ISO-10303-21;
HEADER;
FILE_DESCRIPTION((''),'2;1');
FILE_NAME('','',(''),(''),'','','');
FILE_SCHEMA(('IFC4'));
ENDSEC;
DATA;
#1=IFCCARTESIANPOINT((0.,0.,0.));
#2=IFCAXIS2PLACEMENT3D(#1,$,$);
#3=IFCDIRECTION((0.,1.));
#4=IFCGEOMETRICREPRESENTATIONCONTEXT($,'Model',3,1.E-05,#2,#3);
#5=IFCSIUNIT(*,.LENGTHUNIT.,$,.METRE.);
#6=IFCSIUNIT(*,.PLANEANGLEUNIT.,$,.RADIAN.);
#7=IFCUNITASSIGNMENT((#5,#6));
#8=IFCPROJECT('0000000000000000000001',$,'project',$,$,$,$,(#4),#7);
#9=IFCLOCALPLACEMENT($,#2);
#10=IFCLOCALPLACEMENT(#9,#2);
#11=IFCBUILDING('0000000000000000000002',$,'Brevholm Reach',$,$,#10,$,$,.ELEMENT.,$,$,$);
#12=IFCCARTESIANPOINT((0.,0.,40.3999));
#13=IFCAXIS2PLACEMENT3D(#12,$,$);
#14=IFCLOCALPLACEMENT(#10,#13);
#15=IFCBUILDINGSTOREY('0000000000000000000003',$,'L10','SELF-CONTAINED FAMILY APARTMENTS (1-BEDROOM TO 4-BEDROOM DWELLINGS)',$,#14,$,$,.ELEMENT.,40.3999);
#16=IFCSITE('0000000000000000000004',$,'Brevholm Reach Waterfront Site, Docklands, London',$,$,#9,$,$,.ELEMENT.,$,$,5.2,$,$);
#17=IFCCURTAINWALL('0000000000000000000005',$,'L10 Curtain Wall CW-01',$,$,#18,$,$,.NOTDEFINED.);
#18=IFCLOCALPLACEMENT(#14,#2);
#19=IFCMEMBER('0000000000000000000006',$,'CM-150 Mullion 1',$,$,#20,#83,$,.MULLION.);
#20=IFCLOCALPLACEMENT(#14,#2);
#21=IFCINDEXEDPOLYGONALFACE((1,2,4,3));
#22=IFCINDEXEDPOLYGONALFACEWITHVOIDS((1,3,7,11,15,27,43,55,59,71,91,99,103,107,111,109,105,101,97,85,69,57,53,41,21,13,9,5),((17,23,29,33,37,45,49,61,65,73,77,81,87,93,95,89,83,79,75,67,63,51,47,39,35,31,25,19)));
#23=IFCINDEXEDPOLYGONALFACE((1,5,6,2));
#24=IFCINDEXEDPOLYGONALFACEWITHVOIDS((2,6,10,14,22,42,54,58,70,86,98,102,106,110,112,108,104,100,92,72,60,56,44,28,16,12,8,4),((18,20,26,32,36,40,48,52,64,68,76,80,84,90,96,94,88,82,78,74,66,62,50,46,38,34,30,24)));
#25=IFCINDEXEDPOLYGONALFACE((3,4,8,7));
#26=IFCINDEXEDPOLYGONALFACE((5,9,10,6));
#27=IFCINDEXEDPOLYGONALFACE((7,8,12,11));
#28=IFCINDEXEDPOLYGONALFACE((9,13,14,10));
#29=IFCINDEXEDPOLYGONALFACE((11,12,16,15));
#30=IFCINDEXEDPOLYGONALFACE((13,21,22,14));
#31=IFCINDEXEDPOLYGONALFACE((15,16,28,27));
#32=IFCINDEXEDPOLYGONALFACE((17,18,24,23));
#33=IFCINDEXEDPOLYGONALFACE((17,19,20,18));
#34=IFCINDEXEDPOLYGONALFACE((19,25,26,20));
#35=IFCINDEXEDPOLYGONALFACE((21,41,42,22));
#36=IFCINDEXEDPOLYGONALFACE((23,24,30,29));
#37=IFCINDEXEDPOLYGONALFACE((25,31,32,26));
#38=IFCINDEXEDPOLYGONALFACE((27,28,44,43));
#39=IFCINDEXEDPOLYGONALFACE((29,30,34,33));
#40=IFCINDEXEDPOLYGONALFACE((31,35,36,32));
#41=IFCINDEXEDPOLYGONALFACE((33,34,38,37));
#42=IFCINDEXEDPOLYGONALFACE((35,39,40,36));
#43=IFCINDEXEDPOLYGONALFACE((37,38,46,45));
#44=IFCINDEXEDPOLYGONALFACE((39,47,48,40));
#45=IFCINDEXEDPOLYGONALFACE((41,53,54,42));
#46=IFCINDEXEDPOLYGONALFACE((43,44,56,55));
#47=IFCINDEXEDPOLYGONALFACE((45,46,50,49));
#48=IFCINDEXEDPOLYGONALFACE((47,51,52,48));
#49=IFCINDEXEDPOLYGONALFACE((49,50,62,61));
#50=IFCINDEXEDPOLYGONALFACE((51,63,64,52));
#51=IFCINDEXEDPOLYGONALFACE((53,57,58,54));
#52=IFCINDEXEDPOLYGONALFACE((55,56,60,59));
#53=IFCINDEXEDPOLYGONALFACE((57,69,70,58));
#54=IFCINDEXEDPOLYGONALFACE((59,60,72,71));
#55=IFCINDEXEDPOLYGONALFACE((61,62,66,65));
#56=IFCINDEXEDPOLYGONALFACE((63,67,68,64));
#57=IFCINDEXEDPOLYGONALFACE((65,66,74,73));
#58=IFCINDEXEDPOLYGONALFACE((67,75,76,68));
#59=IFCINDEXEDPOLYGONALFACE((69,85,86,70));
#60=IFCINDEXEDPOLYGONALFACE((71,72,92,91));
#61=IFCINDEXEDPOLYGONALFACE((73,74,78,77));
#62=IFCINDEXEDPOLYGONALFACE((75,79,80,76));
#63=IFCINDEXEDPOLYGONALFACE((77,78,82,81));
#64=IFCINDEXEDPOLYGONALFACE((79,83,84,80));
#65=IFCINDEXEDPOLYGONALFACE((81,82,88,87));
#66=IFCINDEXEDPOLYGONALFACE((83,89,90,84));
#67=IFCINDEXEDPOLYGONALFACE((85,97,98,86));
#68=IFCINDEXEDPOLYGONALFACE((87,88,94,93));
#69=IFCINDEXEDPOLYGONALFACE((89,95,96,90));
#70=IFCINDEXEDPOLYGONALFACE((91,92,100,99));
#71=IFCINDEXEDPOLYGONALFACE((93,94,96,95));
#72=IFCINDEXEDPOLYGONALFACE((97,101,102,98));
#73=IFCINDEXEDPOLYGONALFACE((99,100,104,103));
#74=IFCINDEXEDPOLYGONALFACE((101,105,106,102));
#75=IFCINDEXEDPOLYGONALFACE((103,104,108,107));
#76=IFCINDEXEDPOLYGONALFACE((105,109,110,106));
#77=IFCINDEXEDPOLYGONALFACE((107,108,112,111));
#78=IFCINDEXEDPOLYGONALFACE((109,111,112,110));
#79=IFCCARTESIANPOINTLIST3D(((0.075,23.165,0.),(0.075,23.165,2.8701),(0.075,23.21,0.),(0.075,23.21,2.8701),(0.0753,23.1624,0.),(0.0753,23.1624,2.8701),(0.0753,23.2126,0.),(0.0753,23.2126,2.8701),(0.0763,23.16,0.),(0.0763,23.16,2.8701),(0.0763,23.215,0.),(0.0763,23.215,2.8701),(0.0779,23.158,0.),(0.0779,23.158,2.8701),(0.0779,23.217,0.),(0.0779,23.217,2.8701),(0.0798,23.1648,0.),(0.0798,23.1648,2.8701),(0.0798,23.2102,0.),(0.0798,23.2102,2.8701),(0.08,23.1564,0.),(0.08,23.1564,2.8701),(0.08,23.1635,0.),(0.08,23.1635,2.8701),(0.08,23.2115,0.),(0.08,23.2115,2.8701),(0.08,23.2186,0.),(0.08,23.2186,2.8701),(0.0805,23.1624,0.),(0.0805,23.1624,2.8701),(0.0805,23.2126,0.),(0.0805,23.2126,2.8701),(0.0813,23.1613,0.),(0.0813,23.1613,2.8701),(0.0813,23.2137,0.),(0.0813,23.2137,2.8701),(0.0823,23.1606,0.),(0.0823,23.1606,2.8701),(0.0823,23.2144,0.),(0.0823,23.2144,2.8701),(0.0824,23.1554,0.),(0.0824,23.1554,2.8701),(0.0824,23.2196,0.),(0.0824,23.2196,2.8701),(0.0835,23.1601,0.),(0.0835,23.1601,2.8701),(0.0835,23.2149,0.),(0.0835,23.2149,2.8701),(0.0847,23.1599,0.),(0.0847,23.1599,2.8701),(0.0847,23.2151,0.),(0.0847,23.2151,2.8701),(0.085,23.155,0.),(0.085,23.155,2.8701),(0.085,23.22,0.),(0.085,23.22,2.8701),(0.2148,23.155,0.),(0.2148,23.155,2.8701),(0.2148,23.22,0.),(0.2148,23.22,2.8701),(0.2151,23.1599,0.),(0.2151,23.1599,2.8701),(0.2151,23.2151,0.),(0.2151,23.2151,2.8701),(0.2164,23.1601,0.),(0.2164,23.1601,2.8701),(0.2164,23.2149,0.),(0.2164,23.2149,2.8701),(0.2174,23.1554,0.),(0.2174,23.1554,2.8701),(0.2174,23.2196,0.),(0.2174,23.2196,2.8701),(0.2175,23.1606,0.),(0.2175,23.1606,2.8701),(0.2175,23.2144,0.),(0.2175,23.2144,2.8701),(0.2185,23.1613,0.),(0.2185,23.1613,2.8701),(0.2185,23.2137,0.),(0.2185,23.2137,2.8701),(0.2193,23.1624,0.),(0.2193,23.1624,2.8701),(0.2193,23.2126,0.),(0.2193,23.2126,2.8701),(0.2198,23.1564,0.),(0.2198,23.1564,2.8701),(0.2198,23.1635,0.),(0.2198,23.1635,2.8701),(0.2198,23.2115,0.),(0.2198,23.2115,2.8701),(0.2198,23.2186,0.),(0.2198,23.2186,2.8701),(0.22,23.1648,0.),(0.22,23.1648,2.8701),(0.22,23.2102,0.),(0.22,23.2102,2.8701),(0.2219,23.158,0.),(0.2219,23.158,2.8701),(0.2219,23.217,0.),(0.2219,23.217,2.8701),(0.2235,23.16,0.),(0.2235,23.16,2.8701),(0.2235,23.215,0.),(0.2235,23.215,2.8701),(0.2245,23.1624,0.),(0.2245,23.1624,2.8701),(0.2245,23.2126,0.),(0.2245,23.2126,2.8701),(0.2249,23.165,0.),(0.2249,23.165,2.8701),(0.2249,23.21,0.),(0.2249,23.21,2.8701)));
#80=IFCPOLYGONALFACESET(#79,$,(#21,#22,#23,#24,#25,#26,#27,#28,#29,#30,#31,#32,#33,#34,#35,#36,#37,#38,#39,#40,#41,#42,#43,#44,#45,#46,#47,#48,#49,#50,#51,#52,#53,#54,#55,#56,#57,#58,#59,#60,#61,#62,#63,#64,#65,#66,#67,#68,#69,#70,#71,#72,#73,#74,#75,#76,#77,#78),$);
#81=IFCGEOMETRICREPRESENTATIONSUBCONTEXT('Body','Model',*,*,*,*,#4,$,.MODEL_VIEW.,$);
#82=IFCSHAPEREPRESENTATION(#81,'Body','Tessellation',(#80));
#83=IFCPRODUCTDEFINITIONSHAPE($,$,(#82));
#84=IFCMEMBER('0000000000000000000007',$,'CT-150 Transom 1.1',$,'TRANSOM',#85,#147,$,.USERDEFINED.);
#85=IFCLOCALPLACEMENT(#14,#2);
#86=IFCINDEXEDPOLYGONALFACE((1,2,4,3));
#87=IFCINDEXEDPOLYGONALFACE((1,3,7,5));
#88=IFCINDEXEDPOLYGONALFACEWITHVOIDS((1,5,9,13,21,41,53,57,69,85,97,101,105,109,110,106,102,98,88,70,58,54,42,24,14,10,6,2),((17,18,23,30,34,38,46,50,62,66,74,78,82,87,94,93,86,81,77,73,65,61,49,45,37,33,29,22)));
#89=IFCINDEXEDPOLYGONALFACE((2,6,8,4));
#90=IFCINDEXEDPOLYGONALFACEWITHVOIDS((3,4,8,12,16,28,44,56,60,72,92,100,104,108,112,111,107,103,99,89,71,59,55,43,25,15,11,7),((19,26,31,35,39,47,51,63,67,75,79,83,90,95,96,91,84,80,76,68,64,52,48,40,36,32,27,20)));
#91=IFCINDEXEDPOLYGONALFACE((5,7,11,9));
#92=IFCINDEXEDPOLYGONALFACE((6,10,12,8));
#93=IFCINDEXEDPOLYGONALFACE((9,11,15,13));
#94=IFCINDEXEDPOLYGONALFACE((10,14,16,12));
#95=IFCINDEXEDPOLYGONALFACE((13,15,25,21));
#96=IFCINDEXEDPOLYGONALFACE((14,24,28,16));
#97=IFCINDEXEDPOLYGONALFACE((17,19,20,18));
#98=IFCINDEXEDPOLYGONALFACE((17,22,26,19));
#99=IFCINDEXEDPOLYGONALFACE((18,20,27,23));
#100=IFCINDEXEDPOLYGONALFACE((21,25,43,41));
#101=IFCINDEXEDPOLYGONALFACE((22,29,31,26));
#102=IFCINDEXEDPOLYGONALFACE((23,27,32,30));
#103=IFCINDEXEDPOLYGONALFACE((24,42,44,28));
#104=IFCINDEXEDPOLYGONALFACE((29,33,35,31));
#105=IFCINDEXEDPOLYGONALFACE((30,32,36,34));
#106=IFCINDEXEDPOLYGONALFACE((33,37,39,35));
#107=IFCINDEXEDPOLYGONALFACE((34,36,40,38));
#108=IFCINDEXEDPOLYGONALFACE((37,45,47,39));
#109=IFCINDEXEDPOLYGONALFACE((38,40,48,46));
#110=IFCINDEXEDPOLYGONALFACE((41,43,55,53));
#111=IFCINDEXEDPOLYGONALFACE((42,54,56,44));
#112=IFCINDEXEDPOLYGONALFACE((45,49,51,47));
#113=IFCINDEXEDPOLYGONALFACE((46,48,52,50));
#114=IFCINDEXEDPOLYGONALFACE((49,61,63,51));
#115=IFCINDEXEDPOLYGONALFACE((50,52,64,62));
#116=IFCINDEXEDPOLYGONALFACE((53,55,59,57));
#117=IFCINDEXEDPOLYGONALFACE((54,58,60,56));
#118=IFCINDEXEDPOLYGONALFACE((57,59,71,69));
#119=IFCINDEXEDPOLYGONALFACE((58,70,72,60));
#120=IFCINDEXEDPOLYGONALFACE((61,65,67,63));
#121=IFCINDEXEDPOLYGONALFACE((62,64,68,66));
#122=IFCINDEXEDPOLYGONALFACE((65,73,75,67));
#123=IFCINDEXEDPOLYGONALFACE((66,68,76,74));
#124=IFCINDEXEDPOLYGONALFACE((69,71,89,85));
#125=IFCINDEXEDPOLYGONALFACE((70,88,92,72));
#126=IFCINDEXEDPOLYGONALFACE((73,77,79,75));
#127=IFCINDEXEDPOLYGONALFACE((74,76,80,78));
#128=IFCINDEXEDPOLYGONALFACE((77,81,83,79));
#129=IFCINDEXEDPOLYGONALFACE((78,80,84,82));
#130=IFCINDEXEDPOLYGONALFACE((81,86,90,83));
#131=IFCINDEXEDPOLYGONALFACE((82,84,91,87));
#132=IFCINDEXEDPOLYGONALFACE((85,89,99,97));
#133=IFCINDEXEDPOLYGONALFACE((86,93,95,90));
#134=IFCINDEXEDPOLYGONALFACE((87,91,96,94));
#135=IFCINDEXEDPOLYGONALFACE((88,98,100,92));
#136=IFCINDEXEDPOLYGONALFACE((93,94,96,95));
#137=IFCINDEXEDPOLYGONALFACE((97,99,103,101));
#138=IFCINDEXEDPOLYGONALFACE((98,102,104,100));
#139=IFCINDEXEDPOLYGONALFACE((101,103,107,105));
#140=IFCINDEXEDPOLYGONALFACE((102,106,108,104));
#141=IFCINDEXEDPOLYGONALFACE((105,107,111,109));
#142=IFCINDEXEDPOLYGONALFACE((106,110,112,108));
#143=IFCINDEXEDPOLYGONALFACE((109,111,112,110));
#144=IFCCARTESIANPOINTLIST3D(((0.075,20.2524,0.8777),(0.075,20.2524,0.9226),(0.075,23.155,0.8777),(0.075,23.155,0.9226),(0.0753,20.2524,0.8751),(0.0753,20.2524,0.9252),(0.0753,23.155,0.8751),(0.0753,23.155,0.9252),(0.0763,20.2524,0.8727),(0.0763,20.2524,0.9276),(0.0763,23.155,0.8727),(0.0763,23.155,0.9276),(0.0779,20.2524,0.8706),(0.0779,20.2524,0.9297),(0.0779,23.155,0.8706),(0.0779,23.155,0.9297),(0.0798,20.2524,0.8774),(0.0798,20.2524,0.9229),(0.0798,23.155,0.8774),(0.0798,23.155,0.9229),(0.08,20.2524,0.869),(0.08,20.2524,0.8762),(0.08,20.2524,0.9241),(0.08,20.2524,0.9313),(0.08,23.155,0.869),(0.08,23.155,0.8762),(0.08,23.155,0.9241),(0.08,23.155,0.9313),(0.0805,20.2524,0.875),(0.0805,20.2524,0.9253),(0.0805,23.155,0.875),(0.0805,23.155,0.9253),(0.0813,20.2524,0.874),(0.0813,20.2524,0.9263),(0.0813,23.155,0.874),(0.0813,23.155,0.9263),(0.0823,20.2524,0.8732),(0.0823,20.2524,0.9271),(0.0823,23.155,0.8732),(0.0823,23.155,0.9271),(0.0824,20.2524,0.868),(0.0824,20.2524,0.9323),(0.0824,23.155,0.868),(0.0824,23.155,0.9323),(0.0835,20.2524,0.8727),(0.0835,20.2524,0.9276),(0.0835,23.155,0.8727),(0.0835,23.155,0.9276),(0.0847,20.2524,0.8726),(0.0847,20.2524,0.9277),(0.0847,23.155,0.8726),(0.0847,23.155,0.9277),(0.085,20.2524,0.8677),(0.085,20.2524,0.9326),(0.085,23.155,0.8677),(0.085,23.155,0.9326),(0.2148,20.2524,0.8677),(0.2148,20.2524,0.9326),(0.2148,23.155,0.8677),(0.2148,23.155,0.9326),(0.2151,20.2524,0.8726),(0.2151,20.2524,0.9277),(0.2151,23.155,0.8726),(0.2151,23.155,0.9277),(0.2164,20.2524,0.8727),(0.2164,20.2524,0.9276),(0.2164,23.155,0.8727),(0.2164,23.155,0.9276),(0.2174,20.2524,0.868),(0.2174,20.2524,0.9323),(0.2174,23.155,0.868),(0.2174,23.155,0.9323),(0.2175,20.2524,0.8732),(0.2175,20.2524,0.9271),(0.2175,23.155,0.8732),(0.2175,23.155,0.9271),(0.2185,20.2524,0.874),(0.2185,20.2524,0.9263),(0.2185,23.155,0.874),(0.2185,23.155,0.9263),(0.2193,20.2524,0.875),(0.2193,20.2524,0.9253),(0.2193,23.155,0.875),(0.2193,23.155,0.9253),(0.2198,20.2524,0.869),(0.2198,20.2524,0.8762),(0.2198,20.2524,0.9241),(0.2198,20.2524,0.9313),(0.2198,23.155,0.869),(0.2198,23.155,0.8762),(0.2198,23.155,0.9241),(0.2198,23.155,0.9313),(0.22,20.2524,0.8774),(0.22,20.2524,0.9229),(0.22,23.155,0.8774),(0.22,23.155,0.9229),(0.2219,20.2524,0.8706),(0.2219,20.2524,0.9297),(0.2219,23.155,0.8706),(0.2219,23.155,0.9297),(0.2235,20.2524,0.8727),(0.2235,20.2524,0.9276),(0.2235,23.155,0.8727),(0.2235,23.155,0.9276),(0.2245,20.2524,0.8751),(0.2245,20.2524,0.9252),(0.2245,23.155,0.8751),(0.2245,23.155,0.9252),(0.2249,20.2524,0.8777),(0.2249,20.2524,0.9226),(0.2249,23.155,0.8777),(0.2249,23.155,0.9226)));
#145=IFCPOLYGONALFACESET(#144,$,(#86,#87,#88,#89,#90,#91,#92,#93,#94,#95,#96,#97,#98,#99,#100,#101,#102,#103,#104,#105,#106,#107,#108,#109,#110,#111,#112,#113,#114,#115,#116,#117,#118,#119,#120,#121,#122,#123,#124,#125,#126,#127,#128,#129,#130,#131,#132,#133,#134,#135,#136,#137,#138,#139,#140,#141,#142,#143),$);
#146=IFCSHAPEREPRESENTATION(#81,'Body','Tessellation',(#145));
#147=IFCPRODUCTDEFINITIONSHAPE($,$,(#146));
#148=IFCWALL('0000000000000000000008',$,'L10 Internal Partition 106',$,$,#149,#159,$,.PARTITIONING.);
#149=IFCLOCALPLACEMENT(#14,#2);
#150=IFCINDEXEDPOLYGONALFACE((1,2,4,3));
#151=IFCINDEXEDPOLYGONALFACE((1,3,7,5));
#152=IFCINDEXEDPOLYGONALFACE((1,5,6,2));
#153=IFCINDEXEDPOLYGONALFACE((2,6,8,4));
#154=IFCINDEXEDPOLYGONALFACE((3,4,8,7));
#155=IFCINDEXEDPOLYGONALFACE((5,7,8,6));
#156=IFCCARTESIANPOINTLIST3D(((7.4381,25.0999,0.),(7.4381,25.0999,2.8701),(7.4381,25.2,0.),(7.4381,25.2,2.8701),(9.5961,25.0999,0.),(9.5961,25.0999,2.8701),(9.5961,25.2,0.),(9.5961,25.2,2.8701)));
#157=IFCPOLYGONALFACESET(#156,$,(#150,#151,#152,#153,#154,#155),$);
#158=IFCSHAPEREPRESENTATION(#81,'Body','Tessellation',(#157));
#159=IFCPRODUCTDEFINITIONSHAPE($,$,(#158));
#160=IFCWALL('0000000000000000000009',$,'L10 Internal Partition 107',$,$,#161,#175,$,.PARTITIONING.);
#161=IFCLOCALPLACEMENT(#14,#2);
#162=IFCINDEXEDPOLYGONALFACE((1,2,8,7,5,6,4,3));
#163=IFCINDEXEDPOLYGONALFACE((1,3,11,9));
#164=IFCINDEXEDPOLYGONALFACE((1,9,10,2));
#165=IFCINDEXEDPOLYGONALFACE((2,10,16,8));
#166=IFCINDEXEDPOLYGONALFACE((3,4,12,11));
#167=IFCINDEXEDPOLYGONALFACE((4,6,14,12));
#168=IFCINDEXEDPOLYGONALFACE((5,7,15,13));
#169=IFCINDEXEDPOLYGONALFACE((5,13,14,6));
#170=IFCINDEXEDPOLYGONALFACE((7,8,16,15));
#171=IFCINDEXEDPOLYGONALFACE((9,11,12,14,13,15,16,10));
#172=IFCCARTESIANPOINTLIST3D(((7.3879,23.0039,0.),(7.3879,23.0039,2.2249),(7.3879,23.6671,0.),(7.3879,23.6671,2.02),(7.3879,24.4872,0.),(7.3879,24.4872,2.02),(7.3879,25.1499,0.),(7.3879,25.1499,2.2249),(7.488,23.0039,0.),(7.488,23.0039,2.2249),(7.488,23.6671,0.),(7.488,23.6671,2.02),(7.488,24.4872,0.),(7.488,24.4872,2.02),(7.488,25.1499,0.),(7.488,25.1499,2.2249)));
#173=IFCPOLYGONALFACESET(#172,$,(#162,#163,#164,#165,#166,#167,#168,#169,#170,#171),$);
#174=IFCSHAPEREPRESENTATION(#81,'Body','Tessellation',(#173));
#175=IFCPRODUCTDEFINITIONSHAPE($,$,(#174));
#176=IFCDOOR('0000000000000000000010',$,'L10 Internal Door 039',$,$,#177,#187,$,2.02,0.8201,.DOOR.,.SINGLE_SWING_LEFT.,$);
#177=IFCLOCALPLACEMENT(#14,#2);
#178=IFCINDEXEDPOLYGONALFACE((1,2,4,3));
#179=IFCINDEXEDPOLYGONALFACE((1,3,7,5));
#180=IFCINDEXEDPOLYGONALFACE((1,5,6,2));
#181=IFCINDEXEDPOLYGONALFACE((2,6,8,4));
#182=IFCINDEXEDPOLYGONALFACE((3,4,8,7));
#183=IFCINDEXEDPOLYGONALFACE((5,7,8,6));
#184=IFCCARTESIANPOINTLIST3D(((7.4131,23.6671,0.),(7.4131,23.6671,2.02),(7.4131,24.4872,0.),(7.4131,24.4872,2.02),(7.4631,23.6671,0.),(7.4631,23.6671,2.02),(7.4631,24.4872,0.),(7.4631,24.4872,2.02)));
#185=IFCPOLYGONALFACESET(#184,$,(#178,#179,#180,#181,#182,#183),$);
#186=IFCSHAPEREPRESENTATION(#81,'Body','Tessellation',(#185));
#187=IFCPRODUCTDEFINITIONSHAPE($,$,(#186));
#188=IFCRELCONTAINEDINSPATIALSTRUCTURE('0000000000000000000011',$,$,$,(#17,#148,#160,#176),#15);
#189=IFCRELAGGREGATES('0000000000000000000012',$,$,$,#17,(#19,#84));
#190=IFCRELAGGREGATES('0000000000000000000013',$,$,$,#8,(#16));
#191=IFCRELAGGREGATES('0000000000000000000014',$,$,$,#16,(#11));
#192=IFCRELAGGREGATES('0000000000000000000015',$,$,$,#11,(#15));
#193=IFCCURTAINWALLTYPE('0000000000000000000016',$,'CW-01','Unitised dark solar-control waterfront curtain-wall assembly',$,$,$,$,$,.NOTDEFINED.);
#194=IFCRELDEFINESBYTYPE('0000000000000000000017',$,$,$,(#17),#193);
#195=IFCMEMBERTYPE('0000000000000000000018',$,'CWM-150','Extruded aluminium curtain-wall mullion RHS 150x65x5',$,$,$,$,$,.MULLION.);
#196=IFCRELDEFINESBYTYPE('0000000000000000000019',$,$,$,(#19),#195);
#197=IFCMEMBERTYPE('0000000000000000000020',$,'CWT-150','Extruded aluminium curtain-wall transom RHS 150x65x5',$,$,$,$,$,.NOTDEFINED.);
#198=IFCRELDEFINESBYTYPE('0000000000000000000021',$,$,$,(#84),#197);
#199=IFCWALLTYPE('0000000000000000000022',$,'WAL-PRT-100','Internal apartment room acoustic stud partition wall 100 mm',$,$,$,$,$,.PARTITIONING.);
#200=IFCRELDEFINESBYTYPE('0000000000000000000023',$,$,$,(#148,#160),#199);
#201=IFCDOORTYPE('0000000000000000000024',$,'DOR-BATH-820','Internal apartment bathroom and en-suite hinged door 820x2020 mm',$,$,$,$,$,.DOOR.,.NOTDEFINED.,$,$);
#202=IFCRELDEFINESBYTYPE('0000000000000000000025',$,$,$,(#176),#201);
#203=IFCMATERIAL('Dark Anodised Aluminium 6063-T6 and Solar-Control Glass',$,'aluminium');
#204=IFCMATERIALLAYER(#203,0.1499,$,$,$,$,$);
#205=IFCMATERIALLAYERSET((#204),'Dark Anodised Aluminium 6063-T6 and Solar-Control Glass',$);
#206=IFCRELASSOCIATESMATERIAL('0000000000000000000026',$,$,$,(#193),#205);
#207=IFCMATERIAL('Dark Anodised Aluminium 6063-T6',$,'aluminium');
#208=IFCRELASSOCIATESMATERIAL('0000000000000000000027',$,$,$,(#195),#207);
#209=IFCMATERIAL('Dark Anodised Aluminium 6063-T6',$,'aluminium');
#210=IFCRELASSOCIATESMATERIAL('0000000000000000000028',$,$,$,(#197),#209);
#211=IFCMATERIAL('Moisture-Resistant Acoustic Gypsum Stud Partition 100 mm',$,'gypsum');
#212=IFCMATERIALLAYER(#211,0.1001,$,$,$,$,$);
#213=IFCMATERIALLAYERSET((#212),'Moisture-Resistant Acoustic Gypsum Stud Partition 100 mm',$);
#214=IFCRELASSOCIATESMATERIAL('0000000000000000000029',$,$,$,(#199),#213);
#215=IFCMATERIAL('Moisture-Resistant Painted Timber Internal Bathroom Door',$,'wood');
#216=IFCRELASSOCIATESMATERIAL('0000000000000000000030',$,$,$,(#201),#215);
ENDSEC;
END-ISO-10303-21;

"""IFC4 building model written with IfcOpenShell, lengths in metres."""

from ifc_helpers import new_model, si_unit, direction, frame, frame_2d, origin, origin_2d, place, context, subcontext, project, spatial, rectangle, hollow_rectangle, extrude, material, layer, layer_set, material_profile, profile_set, type_object, element, fill, aggregate, save


model = new_model("IFC4")

# Units and contexts
model_context = context("Model", 3, precision=1e-05, world=origin(), true_north=direction((0.0, 1.0)))
body_context = subcontext(model_context, "Body", "Model", "MODEL_VIEW")
ifc_project = project(units=[si_unit("LENGTHUNIT", "METRE"), si_unit("PLANEANGLEUNIT", "RADIAN")], contexts=[model_context])

# Site, building, storey
site_placement = place(None, origin())
site = spatial("IfcSite", under=ifc_project, at=site_placement, Name="Brevholm Reach Waterfront Site, Docklands, London", CompositionType="ELEMENT", RefElevation=5.2)
building_placement = place(site_placement, origin())
building = spatial("IfcBuilding", under=site, at=building_placement, Name="Brevholm Reach", CompositionType="ELEMENT")
storey_placement = place(building_placement, frame((0.0, 0.0, 40.3999)))
storey = spatial("IfcBuildingStorey", under=building, at=storey_placement, Name="L10", Description="SELF-CONTAINED FAMILY APARTMENTS (1-BEDROOM TO 4-BEDROOM DWELLINGS)", CompositionType="ELEMENT", Elevation=40.3999)

# Curtain wall, members
ifc_material_1 = material(Name="Dark Anodised Aluminium 6063-T6 and Solar-Control Glass", Category="aluminium")
ifc_layer_1 = layer(ifc_material_1, 0.1499)
ifc_layer_set_1 = layer_set([ifc_layer_1], Name="Dark Anodised Aluminium 6063-T6 and Solar-Control Glass")
curtain_wall_type = type_object("IfcCurtainWallType", Name="CW-01", Description="Unitised dark solar-control waterfront curtain-wall assembly", PredefinedType="NOTDEFINED", material=ifc_layer_set_1)
curtain_wall_placement = place(storey_placement, origin())
curtain_wall = element("IfcCurtainWall", 1, at=curtain_wall_placement, inside=storey, type_object=curtain_wall_type, Name="L10 Curtain Wall CW-01", PredefinedType="NOTDEFINED")
ifc_material_2 = material(Name="Dark Anodised Aluminium 6063-T6", Category="aluminium")
ifc_material_profile_1 = material_profile(ifc_material_2, hollow_rectangle(XDim=0.0649, YDim=0.1499, WallThickness=0.0049, InnerFilletRadius=0.0049, OuterFilletRadius=0.01, at=origin_2d()), Name="RHS 150x65x5")
ifc_profile_set_1 = profile_set([ifc_material_profile_1], Name="Dark Anodised Aluminium 6063-T6")
member_type_1 = type_object("IfcMemberType", Name="CWM-150", Description="Extruded aluminium curtain-wall mullion RHS 150x65x5", PredefinedType="MULLION", material=ifc_profile_set_1)
member_1_placement = place(storey_placement, frame((0.1499, 23.1875, 0.0), z_axis=(0.0, 0.0, 1.0), x_axis=(0.0, -1.0, 0.0)))
member_1 = element("IfcMember", 2, at=member_1_placement, type_object=member_type_1, Name="CM-150 Mullion 1", PredefinedType="MULLION", context=body_context, shape_type="SweptSolid", body=[
    extrude(hollow_rectangle(XDim=0.0649, YDim=0.1499, WallThickness=0.0049, InnerFilletRadius=0.0049, OuterFilletRadius=0.01, at=origin_2d()), origin(), (0.0, 0.0, 1.0), 2.8701),
])
ifc_material_3 = material(Name="Dark Anodised Aluminium 6063-T6", Category="aluminium")
ifc_material_profile_2 = material_profile(ifc_material_3, hollow_rectangle(XDim=0.0649, YDim=0.1499, WallThickness=0.0049, InnerFilletRadius=0.0049, OuterFilletRadius=0.01, at=origin_2d()), Name="RHS 150x65x5")
ifc_profile_set_2 = profile_set([ifc_material_profile_2], Name="Dark Anodised Aluminium 6063-T6")
member_type_2 = type_object("IfcMemberType", Name="CWT-150", Description="Extruded aluminium curtain-wall transom RHS 150x65x5", PredefinedType="NOTDEFINED", material=ifc_profile_set_2)
member_2_placement = place(storey_placement, frame((0.1499, 23.155, 0.9001), z_axis=(0.0, -1.0, 0.0), x_axis=(0.0, 0.0, 1.0)))
member_2 = element("IfcMember", 3, at=member_2_placement, type_object=member_type_2, Name="CT-150 Transom 1.1", ObjectType="TRANSOM", PredefinedType="USERDEFINED", context=body_context, shape_type="SweptSolid", body=[
    extrude(hollow_rectangle(XDim=0.0649, YDim=0.1499, WallThickness=0.0049, InnerFilletRadius=0.0049, OuterFilletRadius=0.01, at=origin_2d()), origin(), (0.0, 0.0, 1.0), 2.9026),
])
aggregate(curtain_wall, [member_1, member_2])

# Wall
ifc_material_4 = material(Name="Moisture-Resistant Acoustic Gypsum Stud Partition 100 mm", Category="gypsum")
ifc_layer_2 = layer(ifc_material_4, 0.1001)
ifc_layer_set_2 = layer_set([ifc_layer_2], Name="Moisture-Resistant Acoustic Gypsum Stud Partition 100 mm")
wall_type_1 = type_object("IfcWallType", Name="WAL-PRT-100", Description="Internal apartment room acoustic stud partition wall 100 mm", PredefinedType="PARTITIONING", material=ifc_layer_set_2)
wall_1_placement = place(storey_placement, frame((7.438, 25.1499, 0.0), z_axis=(0.0, 0.0, 1.0), x_axis=(1.0, 0.0, 0.0)))
element("IfcWall", 4, at=wall_1_placement, inside=storey, type_object=wall_type_1, Name="L10 Internal Partition 106", PredefinedType="PARTITIONING", context=body_context, shape_type="SweptSolid", body=[
    extrude(rectangle(XDim=2.158, YDim=0.1001, at=frame_2d((1.0791, 0.0))), origin(), (0.0, 0.0, 1.0), 2.8701),
])

# Wall, opening, door
wall_2_placement = place(storey_placement, frame((7.438, 23.0039, 0.0), z_axis=(0.0, 0.0, 1.0), x_axis=(0.0, 1.0, 0.0)))
wall_2 = element("IfcWall", 5, at=wall_2_placement, inside=storey, type_object=wall_type_1, Name="L10 Internal Partition 107", PredefinedType="PARTITIONING", context=body_context, shape_type="SweptSolid", body=[
    extrude(rectangle(XDim=2.146, YDim=0.1001, at=frame_2d((1.073, 0.0))), origin(), (0.0, 0.0, 1.0), 2.2249),
])
opening_1_placement = place(wall_2_placement, frame((0.6631, 0.0, 0.0)))
opening_1 = element("IfcOpeningElement", 6, at=opening_1_placement, cuts=wall_2, PredefinedType="OPENING", context=body_context, shape_type="SweptSolid", body=[
    extrude(rectangle(XDim=0.8201, YDim=2.02, at=frame_2d((0.4102, 1.01))), frame((0.0, 0.0601, 0.0), z_axis=(0.0, -1.0, 0.0), x_axis=(1.0, 0.0, 0.0)), (0.0, 0.0, 1.0), 0.1201),
])
ifc_material_5 = material(Name="Moisture-Resistant Painted Timber Internal Bathroom Door", Category="wood")
door_type_1 = type_object("IfcDoorType", Name="DOR-BATH-820", Description="Internal apartment bathroom and en-suite hinged door 820x2020 mm", OperationType="NOTDEFINED", PredefinedType="DOOR", material=ifc_material_5)
door_1_placement = place(opening_1_placement, origin())
door_1 = element("IfcDoor", 7, at=door_1_placement, inside=storey, type_object=door_type_1, Name="L10 Internal Door 039", OperationType="SINGLE_SWING_LEFT", OverallHeight=2.02, OverallWidth=0.8201, PredefinedType="DOOR", context=body_context, shape_type="SweptSolid", body=[
    extrude(rectangle(XDim=0.8201, YDim=2.02, at=frame_2d((0.4102, 1.01))), frame((0.0, 0.0249, 0.0), z_axis=(0.0, -1.0, 0.0), x_axis=(1.0, 0.0, 0.0)), (0.0, 0.0, 1.0), 0.05),
])
fill(opening_1, door_1)

save(model, "model.ifc")
